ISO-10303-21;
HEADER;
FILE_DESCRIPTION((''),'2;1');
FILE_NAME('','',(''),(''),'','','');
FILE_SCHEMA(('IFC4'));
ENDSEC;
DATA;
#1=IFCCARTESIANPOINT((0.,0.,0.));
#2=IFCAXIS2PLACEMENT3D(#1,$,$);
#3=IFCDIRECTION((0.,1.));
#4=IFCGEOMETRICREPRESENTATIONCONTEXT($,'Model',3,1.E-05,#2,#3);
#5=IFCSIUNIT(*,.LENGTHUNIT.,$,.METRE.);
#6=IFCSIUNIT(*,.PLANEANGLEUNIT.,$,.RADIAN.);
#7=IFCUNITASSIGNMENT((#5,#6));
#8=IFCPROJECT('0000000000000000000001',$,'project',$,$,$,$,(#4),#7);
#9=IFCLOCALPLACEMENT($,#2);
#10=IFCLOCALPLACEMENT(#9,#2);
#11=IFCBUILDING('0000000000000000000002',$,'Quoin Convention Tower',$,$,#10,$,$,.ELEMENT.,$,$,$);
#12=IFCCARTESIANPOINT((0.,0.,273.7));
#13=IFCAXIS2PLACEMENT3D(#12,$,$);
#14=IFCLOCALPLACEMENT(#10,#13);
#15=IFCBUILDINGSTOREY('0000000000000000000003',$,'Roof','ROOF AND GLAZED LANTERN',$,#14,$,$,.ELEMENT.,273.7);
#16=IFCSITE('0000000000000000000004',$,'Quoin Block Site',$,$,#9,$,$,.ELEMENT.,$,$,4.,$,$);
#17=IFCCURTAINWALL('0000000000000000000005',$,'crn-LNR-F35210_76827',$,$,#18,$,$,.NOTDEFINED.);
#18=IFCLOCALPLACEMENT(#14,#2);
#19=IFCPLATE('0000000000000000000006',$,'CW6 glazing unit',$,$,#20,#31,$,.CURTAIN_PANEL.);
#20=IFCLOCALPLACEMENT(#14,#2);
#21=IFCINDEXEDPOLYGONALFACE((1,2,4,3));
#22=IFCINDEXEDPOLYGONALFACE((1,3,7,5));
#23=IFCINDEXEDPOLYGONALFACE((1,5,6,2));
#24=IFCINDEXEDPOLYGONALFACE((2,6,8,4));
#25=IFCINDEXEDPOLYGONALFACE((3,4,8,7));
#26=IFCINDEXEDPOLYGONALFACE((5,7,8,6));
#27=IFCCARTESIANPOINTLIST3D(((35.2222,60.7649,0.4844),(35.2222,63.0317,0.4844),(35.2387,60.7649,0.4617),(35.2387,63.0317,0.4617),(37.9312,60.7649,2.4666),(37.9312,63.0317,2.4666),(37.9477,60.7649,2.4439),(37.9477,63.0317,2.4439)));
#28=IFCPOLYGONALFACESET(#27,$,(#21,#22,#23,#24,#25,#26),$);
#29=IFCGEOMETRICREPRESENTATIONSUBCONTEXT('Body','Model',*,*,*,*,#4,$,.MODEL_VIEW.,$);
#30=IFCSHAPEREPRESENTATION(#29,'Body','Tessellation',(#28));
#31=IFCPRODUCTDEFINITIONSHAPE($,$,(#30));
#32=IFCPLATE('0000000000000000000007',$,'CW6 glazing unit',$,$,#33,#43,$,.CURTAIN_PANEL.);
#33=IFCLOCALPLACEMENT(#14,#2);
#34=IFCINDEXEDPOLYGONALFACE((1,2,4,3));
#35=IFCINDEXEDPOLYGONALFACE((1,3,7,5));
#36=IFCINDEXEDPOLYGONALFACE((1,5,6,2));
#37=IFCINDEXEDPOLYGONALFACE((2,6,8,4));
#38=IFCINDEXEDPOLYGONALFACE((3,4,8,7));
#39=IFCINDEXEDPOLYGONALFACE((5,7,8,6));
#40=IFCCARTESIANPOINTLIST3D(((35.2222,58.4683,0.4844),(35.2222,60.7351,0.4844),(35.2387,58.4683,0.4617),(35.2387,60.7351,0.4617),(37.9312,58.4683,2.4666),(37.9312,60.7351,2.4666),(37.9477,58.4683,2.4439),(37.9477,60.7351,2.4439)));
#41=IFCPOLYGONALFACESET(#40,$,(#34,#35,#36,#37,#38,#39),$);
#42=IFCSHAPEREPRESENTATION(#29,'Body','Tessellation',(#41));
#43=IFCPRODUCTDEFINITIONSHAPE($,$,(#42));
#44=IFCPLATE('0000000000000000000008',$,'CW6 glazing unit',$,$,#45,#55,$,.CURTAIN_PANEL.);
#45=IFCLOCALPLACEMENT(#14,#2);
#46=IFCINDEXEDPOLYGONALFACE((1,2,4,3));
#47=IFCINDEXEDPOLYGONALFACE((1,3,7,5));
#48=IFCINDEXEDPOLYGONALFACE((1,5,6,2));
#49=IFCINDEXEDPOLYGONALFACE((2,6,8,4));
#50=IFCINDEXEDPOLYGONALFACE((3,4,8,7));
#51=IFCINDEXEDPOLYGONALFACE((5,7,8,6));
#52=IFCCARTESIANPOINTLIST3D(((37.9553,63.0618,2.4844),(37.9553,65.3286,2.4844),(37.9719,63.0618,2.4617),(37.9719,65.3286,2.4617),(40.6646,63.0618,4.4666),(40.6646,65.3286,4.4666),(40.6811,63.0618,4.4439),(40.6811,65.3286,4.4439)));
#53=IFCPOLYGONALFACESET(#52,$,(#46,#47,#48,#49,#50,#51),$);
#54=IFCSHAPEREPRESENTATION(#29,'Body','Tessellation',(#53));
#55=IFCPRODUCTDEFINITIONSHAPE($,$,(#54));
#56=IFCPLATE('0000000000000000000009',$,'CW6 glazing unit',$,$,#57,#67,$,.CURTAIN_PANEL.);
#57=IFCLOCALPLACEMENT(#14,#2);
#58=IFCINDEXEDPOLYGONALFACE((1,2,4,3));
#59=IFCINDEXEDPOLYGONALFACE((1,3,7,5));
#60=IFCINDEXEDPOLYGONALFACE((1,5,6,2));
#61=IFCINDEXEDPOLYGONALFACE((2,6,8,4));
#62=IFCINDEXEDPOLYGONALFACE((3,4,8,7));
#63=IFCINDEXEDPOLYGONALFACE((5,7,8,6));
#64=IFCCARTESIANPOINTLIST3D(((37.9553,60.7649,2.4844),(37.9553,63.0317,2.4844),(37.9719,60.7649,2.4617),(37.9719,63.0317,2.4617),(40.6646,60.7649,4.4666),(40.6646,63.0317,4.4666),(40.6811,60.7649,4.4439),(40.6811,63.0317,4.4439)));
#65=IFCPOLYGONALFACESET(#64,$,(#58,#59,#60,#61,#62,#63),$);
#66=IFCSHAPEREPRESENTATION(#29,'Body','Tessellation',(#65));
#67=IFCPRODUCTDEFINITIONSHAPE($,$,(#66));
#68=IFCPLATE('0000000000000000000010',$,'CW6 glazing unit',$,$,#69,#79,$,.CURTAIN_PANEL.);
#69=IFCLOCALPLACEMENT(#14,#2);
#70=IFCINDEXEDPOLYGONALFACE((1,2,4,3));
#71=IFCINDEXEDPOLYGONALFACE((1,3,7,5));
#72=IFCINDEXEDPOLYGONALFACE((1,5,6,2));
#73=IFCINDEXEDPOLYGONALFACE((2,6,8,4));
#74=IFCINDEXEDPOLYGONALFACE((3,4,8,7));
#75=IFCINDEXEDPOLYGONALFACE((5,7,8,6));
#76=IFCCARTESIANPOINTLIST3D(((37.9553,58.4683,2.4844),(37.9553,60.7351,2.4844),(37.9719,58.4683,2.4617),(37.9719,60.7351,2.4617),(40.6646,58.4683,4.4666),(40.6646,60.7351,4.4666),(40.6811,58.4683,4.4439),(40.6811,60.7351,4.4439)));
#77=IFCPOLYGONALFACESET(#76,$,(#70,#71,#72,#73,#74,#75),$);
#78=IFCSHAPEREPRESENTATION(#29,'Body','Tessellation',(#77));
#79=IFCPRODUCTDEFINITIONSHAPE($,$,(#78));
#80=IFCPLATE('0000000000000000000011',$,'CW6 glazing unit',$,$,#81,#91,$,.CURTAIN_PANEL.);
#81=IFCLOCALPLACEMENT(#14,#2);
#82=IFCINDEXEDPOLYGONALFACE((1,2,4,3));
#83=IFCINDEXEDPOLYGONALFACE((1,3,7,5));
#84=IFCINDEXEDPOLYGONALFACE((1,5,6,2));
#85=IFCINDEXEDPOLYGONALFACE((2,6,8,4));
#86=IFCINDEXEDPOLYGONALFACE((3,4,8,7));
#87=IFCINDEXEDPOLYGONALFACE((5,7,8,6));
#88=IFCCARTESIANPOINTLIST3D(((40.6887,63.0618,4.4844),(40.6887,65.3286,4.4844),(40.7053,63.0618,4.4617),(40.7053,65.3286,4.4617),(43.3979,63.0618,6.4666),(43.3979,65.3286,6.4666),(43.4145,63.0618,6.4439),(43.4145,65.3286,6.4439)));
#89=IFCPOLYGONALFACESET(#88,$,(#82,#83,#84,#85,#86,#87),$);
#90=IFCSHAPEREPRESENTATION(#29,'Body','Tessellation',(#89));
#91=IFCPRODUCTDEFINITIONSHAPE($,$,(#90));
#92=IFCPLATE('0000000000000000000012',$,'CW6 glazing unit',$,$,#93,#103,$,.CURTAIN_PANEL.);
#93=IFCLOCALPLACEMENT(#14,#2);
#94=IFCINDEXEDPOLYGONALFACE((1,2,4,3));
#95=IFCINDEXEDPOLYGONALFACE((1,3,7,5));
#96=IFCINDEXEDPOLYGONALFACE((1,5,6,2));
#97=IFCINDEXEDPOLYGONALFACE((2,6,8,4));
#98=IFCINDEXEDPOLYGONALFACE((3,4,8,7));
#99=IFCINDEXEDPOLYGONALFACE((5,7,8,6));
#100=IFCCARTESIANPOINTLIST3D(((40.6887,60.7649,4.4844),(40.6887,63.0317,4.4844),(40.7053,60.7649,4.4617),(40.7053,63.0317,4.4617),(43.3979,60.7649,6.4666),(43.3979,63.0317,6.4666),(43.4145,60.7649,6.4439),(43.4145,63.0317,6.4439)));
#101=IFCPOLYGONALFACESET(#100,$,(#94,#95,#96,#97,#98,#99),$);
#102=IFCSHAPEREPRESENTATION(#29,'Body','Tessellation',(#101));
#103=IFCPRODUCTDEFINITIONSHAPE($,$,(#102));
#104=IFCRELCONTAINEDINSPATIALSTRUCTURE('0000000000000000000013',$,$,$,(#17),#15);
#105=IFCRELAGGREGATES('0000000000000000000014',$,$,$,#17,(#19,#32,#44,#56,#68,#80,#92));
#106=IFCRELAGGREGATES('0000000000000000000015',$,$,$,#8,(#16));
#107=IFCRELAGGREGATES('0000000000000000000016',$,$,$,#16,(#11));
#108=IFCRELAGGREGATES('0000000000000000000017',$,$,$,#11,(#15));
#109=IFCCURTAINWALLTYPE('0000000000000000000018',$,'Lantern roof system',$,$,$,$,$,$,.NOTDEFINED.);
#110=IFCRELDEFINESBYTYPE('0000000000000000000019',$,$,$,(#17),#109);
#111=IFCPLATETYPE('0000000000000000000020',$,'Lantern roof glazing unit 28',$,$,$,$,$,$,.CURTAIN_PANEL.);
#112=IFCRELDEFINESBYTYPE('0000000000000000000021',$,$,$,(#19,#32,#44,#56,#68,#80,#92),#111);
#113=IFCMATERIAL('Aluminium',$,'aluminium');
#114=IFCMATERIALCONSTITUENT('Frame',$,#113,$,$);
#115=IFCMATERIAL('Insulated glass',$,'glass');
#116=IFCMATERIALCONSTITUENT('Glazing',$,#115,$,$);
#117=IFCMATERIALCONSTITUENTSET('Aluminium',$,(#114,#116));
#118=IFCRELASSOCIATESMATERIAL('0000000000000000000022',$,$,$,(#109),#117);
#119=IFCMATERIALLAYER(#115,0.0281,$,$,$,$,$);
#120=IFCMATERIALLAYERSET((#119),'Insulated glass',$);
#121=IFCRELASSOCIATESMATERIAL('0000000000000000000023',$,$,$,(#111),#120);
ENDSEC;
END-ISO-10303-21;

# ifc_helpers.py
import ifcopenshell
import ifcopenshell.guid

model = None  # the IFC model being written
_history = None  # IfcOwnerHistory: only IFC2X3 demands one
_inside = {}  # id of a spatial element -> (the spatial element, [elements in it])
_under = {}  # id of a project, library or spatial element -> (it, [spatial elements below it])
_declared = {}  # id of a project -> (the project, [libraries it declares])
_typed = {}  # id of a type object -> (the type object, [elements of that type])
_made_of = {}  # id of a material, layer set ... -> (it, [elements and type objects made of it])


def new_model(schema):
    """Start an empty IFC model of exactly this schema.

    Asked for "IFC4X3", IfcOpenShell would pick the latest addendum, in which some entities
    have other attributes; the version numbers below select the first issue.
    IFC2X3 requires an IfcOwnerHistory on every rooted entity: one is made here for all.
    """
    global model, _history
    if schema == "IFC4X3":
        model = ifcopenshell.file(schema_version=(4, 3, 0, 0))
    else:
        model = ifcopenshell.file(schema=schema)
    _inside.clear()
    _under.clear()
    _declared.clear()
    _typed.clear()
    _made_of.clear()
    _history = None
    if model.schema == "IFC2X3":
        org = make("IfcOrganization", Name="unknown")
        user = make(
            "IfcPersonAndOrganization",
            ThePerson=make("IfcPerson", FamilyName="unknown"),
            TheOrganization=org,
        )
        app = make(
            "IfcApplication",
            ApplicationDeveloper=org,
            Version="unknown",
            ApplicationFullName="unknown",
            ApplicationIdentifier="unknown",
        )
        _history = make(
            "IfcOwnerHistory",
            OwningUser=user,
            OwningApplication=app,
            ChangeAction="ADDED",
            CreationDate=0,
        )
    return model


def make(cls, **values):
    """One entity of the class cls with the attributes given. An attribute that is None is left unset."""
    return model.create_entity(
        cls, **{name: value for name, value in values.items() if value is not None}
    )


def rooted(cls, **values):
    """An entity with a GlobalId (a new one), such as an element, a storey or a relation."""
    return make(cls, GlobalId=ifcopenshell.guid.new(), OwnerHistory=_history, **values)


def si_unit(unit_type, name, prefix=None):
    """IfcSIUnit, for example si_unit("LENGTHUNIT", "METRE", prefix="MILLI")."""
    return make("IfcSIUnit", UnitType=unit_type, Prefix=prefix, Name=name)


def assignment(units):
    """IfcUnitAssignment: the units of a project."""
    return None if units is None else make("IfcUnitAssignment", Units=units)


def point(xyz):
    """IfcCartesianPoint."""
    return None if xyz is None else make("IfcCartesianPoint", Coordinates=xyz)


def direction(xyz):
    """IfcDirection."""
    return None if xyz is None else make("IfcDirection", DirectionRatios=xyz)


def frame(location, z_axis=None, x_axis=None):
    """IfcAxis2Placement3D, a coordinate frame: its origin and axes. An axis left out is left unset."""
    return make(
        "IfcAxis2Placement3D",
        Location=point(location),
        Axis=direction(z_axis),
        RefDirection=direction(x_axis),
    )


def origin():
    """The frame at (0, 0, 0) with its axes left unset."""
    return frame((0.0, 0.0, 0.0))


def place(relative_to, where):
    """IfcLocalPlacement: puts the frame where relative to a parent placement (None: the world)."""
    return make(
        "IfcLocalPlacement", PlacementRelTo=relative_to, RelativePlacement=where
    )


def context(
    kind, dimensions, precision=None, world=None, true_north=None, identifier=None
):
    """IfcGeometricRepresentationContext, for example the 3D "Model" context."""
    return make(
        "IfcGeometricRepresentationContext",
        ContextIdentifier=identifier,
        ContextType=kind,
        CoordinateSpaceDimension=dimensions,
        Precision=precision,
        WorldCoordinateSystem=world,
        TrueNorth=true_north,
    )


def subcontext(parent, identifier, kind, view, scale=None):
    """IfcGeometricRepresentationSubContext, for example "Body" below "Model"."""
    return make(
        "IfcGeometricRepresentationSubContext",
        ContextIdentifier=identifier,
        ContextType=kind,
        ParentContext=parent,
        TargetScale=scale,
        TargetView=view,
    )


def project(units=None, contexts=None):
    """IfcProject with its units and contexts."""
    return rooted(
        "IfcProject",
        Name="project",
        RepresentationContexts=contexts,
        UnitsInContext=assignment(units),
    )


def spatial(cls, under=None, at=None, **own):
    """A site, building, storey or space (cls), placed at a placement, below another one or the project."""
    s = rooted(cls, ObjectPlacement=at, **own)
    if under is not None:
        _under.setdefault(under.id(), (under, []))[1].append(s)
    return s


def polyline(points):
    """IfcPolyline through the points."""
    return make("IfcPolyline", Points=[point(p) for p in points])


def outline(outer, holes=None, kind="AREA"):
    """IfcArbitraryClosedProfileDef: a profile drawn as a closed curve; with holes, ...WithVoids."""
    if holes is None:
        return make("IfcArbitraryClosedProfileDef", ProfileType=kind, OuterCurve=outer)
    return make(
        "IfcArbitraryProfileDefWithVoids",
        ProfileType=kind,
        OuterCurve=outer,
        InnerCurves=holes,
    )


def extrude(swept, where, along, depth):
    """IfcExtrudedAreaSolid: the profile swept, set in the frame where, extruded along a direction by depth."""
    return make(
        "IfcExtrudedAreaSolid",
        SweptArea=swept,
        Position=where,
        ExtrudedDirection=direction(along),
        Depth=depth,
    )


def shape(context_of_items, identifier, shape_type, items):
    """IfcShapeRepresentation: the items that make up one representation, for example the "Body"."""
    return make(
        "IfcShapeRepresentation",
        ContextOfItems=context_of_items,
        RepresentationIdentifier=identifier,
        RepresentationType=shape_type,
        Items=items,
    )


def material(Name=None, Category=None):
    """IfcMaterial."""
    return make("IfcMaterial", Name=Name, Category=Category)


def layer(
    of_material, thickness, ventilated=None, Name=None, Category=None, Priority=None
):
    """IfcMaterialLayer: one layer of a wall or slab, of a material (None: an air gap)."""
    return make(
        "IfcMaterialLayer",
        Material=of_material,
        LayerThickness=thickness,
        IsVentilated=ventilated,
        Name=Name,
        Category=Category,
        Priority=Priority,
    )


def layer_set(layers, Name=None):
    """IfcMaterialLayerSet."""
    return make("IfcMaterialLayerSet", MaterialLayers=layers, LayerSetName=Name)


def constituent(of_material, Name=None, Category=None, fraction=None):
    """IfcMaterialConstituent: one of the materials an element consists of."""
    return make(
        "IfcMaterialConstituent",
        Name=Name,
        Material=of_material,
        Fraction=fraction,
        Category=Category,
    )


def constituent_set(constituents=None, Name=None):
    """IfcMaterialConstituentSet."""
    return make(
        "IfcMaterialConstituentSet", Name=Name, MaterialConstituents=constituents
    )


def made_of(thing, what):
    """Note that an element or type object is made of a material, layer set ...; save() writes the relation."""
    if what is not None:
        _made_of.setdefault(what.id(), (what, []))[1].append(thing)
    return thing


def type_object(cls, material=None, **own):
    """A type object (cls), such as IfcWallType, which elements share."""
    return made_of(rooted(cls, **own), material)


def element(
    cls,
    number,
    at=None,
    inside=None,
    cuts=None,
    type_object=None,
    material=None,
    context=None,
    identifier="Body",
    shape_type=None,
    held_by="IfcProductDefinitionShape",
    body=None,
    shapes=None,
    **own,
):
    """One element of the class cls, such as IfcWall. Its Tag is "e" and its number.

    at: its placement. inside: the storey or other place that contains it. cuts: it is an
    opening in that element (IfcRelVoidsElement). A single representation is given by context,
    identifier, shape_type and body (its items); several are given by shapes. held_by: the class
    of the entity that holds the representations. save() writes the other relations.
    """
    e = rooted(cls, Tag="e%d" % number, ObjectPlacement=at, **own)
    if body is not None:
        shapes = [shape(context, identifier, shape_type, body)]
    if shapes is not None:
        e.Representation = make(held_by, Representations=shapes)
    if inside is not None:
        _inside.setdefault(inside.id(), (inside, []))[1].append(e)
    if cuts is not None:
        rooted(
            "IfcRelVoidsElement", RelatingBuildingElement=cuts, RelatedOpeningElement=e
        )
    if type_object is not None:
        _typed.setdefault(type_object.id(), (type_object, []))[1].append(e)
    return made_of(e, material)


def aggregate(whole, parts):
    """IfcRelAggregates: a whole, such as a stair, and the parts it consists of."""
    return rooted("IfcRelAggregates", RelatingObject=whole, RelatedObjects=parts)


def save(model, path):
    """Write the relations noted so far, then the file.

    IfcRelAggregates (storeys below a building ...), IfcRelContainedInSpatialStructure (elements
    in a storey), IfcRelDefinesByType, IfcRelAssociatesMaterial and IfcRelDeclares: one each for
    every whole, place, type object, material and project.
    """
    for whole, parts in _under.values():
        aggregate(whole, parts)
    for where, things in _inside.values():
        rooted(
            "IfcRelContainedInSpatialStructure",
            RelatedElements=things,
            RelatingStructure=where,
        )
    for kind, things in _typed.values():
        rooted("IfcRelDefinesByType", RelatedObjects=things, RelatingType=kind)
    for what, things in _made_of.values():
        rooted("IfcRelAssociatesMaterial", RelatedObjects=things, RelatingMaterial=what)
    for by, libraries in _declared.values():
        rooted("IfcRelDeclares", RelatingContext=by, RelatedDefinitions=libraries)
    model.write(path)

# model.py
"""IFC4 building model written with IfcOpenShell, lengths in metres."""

from ifc_helpers import new_model, si_unit, direction, frame, origin, place, context, subcontext, project, spatial, polyline, outline, extrude, material, layer, layer_set, constituent, constituent_set, type_object, element, aggregate, save


model = new_model("IFC4")

# Units and contexts
model_context = context("Model", 3, precision=1e-05, world=origin(), true_north=direction((0.0, 1.0)))
body_context = subcontext(model_context, "Body", "Model", "MODEL_VIEW")
ifc_project = project(units=[si_unit("LENGTHUNIT", "METRE"), si_unit("PLANEANGLEUNIT", "RADIAN")], contexts=[model_context])

# Site, building, storey
site_placement = place(None, origin())
site = spatial("IfcSite", under=ifc_project, at=site_placement, Name="Quoin Block Site", CompositionType="ELEMENT", RefElevation=4.0)
building_placement = place(site_placement, origin())
building = spatial("IfcBuilding", under=site, at=building_placement, Name="Quoin Convention Tower", CompositionType="ELEMENT")
storey_placement = place(building_placement, frame((0.0, 0.0, 273.7)))
storey = spatial("IfcBuildingStorey", under=building, at=storey_placement, Name="Roof", Description="ROOF AND GLAZED LANTERN", CompositionType="ELEMENT", Elevation=273.7)

# Curtain wall
ifc_material_1 = material(Name="Aluminium", Category="aluminium")
ifc_constituent_1 = constituent(ifc_material_1, Name="Frame")
ifc_material_2 = material(Name="Insulated glass", Category="glass")
ifc_constituent_2 = constituent(ifc_material_2, Name="Glazing")
ifc_constituent_set = constituent_set(constituents=[ifc_constituent_1, ifc_constituent_2], Name="Aluminium")
curtain_wall_type = type_object("IfcCurtainWallType", Name="Lantern roof system", PredefinedType="NOTDEFINED", material=ifc_constituent_set)
curtain_wall_1_placement = place(storey_placement, origin())
curtain_wall_1 = element("IfcCurtainWall", 1, at=curtain_wall_1_placement, inside=storey, type_object=curtain_wall_type, Name="crn-LNR-F35210_76827", PredefinedType="NOTDEFINED")

# Plates
ifc_layer = layer(ifc_material_2, 0.0281)
ifc_layer_set = layer_set([ifc_layer], Name="Insulated glass")
plate_type = type_object("IfcPlateType", Name="Lantern roof glazing unit 28", PredefinedType="CURTAIN_PANEL", material=ifc_layer_set)
plate_1_placement = place(storey_placement, frame((37.9312, 63.0317, 2.4666), z_axis=(-0.590509, 0.0, 0.807031), x_axis=(0.0, -1.0, 0.0)))
plate_1 = element("IfcPlate", 2, at=plate_1_placement, type_object=plate_type, Name="CW6 glazing unit", PredefinedType="CURTAIN_PANEL", context=body_context, shape_type="SweptSolid", body=[
    extrude(outline(polyline([(0.0, 0.0), (2.2668, 0.0), (2.2668, -3.3567), (0.0, -3.3567), (0.0, 0.0)])), origin(), (0.0, 0.0, -1.0), 0.0281),
])
plate_2_placement = place(storey_placement, frame((37.9312, 60.7351, 2.4666), z_axis=(-0.590509, 0.0, 0.807031), x_axis=(0.0, -1.0, 0.0)))
plate_2 = element("IfcPlate", 3, at=plate_2_placement, type_object=plate_type, Name="CW6 glazing unit", PredefinedType="CURTAIN_PANEL", context=body_context, shape_type="SweptSolid", body=[
    extrude(outline(polyline([(0.0, 0.0), (2.2668, 0.0), (2.2668, -3.3567), (0.0, -3.3567), (0.0, 0.0)])), origin(), (0.0, 0.0, -1.0), 0.0281),
])
plate_3_placement = place(storey_placement, frame((37.9553, 65.3286, 2.4844), z_axis=(-0.590474, 0.0, 0.807057), x_axis=(0.807057, 0.0, 0.590474)))
plate_3 = element("IfcPlate", 4, at=plate_3_placement, type_object=plate_type, Name="CW6 glazing unit", PredefinedType="CURTAIN_PANEL", context=body_context, shape_type="SweptSolid", body=[
    extrude(outline(polyline([(0.0, 0.0), (3.3569, 0.0), (3.3569, -2.2668), (0.0, -2.2668), (0.0, 0.0)])), origin(), (0.0, 0.0, -1.0), 0.0281),
])
plate_4_placement = place(storey_placement, frame((37.9553, 63.0317, 2.4844), z_axis=(-0.590474, 0.0, 0.807057), x_axis=(0.807057, 0.0, 0.590474)))
plate_4 = element("IfcPlate", 5, at=plate_4_placement, type_object=plate_type, Name="CW6 glazing unit", PredefinedType="CURTAIN_PANEL", context=body_context, shape_type="SweptSolid", body=[
    extrude(outline(polyline([(0.0, 0.0), (3.3569, 0.0), (3.3569, -2.2668), (0.0, -2.2668), (0.0, 0.0)])), origin(), (0.0, 0.0, -1.0), 0.0281),
])
plate_5_placement = place(storey_placement, frame((37.9553, 60.7351, 2.4844), z_axis=(-0.590474, 0.0, 0.807057), x_axis=(0.807057, 0.0, 0.590474)))
plate_5 = element("IfcPlate", 6, at=plate_5_placement, type_object=plate_type, Name="CW6 glazing unit", PredefinedType="CURTAIN_PANEL", context=body_context, shape_type="SweptSolid", body=[
    extrude(outline(polyline([(0.0, 0.0), (3.3569, 0.0), (3.3569, -2.2668), (0.0, -2.2668), (0.0, 0.0)])), origin(), (0.0, 0.0, -1.0), 0.0281),
])
plate_6_placement = place(storey_placement, frame((40.6887, 63.0618, 4.4844), z_axis=(-0.590474, 0.0, 0.807057), x_axis=(0.0, 1.0, 0.0)))
plate_6 = element("IfcPlate", 7, at=plate_6_placement, type_object=plate_type, Name="CW6 glazing unit", PredefinedType="CURTAIN_PANEL", context=body_context, shape_type="SweptSolid", body=[
    extrude(outline(polyline([(0.0, 0.0), (2.2668, 0.0), (2.2668, -3.3569), (0.0, -3.3569), (0.0, 0.0)])), origin(), (0.0, 0.0, -1.0), 0.0281),
])
plate_7_placement = place(storey_placement, frame((40.6887, 60.7649, 4.4844), z_axis=(-0.590474, 0.0, 0.807057), x_axis=(0.0, 1.0, 0.0)))
plate_7 = element("IfcPlate", 8, at=plate_7_placement, type_object=plate_type, Name="CW6 glazing unit", PredefinedType="CURTAIN_PANEL", context=body_context, shape_type="SweptSolid", body=[
    extrude(outline(polyline([(0.0, 0.0), (2.2668, 0.0), (2.2668, -3.3569), (0.0, -3.3569), (0.0, 0.0)])), origin(), (0.0, 0.0, -1.0), 0.0281),
])
aggregate(curtain_wall_1, [plate_1, plate_2, plate_3, plate_4, plate_5, plate_6, plate_7])

save(model, "model.ifc")
